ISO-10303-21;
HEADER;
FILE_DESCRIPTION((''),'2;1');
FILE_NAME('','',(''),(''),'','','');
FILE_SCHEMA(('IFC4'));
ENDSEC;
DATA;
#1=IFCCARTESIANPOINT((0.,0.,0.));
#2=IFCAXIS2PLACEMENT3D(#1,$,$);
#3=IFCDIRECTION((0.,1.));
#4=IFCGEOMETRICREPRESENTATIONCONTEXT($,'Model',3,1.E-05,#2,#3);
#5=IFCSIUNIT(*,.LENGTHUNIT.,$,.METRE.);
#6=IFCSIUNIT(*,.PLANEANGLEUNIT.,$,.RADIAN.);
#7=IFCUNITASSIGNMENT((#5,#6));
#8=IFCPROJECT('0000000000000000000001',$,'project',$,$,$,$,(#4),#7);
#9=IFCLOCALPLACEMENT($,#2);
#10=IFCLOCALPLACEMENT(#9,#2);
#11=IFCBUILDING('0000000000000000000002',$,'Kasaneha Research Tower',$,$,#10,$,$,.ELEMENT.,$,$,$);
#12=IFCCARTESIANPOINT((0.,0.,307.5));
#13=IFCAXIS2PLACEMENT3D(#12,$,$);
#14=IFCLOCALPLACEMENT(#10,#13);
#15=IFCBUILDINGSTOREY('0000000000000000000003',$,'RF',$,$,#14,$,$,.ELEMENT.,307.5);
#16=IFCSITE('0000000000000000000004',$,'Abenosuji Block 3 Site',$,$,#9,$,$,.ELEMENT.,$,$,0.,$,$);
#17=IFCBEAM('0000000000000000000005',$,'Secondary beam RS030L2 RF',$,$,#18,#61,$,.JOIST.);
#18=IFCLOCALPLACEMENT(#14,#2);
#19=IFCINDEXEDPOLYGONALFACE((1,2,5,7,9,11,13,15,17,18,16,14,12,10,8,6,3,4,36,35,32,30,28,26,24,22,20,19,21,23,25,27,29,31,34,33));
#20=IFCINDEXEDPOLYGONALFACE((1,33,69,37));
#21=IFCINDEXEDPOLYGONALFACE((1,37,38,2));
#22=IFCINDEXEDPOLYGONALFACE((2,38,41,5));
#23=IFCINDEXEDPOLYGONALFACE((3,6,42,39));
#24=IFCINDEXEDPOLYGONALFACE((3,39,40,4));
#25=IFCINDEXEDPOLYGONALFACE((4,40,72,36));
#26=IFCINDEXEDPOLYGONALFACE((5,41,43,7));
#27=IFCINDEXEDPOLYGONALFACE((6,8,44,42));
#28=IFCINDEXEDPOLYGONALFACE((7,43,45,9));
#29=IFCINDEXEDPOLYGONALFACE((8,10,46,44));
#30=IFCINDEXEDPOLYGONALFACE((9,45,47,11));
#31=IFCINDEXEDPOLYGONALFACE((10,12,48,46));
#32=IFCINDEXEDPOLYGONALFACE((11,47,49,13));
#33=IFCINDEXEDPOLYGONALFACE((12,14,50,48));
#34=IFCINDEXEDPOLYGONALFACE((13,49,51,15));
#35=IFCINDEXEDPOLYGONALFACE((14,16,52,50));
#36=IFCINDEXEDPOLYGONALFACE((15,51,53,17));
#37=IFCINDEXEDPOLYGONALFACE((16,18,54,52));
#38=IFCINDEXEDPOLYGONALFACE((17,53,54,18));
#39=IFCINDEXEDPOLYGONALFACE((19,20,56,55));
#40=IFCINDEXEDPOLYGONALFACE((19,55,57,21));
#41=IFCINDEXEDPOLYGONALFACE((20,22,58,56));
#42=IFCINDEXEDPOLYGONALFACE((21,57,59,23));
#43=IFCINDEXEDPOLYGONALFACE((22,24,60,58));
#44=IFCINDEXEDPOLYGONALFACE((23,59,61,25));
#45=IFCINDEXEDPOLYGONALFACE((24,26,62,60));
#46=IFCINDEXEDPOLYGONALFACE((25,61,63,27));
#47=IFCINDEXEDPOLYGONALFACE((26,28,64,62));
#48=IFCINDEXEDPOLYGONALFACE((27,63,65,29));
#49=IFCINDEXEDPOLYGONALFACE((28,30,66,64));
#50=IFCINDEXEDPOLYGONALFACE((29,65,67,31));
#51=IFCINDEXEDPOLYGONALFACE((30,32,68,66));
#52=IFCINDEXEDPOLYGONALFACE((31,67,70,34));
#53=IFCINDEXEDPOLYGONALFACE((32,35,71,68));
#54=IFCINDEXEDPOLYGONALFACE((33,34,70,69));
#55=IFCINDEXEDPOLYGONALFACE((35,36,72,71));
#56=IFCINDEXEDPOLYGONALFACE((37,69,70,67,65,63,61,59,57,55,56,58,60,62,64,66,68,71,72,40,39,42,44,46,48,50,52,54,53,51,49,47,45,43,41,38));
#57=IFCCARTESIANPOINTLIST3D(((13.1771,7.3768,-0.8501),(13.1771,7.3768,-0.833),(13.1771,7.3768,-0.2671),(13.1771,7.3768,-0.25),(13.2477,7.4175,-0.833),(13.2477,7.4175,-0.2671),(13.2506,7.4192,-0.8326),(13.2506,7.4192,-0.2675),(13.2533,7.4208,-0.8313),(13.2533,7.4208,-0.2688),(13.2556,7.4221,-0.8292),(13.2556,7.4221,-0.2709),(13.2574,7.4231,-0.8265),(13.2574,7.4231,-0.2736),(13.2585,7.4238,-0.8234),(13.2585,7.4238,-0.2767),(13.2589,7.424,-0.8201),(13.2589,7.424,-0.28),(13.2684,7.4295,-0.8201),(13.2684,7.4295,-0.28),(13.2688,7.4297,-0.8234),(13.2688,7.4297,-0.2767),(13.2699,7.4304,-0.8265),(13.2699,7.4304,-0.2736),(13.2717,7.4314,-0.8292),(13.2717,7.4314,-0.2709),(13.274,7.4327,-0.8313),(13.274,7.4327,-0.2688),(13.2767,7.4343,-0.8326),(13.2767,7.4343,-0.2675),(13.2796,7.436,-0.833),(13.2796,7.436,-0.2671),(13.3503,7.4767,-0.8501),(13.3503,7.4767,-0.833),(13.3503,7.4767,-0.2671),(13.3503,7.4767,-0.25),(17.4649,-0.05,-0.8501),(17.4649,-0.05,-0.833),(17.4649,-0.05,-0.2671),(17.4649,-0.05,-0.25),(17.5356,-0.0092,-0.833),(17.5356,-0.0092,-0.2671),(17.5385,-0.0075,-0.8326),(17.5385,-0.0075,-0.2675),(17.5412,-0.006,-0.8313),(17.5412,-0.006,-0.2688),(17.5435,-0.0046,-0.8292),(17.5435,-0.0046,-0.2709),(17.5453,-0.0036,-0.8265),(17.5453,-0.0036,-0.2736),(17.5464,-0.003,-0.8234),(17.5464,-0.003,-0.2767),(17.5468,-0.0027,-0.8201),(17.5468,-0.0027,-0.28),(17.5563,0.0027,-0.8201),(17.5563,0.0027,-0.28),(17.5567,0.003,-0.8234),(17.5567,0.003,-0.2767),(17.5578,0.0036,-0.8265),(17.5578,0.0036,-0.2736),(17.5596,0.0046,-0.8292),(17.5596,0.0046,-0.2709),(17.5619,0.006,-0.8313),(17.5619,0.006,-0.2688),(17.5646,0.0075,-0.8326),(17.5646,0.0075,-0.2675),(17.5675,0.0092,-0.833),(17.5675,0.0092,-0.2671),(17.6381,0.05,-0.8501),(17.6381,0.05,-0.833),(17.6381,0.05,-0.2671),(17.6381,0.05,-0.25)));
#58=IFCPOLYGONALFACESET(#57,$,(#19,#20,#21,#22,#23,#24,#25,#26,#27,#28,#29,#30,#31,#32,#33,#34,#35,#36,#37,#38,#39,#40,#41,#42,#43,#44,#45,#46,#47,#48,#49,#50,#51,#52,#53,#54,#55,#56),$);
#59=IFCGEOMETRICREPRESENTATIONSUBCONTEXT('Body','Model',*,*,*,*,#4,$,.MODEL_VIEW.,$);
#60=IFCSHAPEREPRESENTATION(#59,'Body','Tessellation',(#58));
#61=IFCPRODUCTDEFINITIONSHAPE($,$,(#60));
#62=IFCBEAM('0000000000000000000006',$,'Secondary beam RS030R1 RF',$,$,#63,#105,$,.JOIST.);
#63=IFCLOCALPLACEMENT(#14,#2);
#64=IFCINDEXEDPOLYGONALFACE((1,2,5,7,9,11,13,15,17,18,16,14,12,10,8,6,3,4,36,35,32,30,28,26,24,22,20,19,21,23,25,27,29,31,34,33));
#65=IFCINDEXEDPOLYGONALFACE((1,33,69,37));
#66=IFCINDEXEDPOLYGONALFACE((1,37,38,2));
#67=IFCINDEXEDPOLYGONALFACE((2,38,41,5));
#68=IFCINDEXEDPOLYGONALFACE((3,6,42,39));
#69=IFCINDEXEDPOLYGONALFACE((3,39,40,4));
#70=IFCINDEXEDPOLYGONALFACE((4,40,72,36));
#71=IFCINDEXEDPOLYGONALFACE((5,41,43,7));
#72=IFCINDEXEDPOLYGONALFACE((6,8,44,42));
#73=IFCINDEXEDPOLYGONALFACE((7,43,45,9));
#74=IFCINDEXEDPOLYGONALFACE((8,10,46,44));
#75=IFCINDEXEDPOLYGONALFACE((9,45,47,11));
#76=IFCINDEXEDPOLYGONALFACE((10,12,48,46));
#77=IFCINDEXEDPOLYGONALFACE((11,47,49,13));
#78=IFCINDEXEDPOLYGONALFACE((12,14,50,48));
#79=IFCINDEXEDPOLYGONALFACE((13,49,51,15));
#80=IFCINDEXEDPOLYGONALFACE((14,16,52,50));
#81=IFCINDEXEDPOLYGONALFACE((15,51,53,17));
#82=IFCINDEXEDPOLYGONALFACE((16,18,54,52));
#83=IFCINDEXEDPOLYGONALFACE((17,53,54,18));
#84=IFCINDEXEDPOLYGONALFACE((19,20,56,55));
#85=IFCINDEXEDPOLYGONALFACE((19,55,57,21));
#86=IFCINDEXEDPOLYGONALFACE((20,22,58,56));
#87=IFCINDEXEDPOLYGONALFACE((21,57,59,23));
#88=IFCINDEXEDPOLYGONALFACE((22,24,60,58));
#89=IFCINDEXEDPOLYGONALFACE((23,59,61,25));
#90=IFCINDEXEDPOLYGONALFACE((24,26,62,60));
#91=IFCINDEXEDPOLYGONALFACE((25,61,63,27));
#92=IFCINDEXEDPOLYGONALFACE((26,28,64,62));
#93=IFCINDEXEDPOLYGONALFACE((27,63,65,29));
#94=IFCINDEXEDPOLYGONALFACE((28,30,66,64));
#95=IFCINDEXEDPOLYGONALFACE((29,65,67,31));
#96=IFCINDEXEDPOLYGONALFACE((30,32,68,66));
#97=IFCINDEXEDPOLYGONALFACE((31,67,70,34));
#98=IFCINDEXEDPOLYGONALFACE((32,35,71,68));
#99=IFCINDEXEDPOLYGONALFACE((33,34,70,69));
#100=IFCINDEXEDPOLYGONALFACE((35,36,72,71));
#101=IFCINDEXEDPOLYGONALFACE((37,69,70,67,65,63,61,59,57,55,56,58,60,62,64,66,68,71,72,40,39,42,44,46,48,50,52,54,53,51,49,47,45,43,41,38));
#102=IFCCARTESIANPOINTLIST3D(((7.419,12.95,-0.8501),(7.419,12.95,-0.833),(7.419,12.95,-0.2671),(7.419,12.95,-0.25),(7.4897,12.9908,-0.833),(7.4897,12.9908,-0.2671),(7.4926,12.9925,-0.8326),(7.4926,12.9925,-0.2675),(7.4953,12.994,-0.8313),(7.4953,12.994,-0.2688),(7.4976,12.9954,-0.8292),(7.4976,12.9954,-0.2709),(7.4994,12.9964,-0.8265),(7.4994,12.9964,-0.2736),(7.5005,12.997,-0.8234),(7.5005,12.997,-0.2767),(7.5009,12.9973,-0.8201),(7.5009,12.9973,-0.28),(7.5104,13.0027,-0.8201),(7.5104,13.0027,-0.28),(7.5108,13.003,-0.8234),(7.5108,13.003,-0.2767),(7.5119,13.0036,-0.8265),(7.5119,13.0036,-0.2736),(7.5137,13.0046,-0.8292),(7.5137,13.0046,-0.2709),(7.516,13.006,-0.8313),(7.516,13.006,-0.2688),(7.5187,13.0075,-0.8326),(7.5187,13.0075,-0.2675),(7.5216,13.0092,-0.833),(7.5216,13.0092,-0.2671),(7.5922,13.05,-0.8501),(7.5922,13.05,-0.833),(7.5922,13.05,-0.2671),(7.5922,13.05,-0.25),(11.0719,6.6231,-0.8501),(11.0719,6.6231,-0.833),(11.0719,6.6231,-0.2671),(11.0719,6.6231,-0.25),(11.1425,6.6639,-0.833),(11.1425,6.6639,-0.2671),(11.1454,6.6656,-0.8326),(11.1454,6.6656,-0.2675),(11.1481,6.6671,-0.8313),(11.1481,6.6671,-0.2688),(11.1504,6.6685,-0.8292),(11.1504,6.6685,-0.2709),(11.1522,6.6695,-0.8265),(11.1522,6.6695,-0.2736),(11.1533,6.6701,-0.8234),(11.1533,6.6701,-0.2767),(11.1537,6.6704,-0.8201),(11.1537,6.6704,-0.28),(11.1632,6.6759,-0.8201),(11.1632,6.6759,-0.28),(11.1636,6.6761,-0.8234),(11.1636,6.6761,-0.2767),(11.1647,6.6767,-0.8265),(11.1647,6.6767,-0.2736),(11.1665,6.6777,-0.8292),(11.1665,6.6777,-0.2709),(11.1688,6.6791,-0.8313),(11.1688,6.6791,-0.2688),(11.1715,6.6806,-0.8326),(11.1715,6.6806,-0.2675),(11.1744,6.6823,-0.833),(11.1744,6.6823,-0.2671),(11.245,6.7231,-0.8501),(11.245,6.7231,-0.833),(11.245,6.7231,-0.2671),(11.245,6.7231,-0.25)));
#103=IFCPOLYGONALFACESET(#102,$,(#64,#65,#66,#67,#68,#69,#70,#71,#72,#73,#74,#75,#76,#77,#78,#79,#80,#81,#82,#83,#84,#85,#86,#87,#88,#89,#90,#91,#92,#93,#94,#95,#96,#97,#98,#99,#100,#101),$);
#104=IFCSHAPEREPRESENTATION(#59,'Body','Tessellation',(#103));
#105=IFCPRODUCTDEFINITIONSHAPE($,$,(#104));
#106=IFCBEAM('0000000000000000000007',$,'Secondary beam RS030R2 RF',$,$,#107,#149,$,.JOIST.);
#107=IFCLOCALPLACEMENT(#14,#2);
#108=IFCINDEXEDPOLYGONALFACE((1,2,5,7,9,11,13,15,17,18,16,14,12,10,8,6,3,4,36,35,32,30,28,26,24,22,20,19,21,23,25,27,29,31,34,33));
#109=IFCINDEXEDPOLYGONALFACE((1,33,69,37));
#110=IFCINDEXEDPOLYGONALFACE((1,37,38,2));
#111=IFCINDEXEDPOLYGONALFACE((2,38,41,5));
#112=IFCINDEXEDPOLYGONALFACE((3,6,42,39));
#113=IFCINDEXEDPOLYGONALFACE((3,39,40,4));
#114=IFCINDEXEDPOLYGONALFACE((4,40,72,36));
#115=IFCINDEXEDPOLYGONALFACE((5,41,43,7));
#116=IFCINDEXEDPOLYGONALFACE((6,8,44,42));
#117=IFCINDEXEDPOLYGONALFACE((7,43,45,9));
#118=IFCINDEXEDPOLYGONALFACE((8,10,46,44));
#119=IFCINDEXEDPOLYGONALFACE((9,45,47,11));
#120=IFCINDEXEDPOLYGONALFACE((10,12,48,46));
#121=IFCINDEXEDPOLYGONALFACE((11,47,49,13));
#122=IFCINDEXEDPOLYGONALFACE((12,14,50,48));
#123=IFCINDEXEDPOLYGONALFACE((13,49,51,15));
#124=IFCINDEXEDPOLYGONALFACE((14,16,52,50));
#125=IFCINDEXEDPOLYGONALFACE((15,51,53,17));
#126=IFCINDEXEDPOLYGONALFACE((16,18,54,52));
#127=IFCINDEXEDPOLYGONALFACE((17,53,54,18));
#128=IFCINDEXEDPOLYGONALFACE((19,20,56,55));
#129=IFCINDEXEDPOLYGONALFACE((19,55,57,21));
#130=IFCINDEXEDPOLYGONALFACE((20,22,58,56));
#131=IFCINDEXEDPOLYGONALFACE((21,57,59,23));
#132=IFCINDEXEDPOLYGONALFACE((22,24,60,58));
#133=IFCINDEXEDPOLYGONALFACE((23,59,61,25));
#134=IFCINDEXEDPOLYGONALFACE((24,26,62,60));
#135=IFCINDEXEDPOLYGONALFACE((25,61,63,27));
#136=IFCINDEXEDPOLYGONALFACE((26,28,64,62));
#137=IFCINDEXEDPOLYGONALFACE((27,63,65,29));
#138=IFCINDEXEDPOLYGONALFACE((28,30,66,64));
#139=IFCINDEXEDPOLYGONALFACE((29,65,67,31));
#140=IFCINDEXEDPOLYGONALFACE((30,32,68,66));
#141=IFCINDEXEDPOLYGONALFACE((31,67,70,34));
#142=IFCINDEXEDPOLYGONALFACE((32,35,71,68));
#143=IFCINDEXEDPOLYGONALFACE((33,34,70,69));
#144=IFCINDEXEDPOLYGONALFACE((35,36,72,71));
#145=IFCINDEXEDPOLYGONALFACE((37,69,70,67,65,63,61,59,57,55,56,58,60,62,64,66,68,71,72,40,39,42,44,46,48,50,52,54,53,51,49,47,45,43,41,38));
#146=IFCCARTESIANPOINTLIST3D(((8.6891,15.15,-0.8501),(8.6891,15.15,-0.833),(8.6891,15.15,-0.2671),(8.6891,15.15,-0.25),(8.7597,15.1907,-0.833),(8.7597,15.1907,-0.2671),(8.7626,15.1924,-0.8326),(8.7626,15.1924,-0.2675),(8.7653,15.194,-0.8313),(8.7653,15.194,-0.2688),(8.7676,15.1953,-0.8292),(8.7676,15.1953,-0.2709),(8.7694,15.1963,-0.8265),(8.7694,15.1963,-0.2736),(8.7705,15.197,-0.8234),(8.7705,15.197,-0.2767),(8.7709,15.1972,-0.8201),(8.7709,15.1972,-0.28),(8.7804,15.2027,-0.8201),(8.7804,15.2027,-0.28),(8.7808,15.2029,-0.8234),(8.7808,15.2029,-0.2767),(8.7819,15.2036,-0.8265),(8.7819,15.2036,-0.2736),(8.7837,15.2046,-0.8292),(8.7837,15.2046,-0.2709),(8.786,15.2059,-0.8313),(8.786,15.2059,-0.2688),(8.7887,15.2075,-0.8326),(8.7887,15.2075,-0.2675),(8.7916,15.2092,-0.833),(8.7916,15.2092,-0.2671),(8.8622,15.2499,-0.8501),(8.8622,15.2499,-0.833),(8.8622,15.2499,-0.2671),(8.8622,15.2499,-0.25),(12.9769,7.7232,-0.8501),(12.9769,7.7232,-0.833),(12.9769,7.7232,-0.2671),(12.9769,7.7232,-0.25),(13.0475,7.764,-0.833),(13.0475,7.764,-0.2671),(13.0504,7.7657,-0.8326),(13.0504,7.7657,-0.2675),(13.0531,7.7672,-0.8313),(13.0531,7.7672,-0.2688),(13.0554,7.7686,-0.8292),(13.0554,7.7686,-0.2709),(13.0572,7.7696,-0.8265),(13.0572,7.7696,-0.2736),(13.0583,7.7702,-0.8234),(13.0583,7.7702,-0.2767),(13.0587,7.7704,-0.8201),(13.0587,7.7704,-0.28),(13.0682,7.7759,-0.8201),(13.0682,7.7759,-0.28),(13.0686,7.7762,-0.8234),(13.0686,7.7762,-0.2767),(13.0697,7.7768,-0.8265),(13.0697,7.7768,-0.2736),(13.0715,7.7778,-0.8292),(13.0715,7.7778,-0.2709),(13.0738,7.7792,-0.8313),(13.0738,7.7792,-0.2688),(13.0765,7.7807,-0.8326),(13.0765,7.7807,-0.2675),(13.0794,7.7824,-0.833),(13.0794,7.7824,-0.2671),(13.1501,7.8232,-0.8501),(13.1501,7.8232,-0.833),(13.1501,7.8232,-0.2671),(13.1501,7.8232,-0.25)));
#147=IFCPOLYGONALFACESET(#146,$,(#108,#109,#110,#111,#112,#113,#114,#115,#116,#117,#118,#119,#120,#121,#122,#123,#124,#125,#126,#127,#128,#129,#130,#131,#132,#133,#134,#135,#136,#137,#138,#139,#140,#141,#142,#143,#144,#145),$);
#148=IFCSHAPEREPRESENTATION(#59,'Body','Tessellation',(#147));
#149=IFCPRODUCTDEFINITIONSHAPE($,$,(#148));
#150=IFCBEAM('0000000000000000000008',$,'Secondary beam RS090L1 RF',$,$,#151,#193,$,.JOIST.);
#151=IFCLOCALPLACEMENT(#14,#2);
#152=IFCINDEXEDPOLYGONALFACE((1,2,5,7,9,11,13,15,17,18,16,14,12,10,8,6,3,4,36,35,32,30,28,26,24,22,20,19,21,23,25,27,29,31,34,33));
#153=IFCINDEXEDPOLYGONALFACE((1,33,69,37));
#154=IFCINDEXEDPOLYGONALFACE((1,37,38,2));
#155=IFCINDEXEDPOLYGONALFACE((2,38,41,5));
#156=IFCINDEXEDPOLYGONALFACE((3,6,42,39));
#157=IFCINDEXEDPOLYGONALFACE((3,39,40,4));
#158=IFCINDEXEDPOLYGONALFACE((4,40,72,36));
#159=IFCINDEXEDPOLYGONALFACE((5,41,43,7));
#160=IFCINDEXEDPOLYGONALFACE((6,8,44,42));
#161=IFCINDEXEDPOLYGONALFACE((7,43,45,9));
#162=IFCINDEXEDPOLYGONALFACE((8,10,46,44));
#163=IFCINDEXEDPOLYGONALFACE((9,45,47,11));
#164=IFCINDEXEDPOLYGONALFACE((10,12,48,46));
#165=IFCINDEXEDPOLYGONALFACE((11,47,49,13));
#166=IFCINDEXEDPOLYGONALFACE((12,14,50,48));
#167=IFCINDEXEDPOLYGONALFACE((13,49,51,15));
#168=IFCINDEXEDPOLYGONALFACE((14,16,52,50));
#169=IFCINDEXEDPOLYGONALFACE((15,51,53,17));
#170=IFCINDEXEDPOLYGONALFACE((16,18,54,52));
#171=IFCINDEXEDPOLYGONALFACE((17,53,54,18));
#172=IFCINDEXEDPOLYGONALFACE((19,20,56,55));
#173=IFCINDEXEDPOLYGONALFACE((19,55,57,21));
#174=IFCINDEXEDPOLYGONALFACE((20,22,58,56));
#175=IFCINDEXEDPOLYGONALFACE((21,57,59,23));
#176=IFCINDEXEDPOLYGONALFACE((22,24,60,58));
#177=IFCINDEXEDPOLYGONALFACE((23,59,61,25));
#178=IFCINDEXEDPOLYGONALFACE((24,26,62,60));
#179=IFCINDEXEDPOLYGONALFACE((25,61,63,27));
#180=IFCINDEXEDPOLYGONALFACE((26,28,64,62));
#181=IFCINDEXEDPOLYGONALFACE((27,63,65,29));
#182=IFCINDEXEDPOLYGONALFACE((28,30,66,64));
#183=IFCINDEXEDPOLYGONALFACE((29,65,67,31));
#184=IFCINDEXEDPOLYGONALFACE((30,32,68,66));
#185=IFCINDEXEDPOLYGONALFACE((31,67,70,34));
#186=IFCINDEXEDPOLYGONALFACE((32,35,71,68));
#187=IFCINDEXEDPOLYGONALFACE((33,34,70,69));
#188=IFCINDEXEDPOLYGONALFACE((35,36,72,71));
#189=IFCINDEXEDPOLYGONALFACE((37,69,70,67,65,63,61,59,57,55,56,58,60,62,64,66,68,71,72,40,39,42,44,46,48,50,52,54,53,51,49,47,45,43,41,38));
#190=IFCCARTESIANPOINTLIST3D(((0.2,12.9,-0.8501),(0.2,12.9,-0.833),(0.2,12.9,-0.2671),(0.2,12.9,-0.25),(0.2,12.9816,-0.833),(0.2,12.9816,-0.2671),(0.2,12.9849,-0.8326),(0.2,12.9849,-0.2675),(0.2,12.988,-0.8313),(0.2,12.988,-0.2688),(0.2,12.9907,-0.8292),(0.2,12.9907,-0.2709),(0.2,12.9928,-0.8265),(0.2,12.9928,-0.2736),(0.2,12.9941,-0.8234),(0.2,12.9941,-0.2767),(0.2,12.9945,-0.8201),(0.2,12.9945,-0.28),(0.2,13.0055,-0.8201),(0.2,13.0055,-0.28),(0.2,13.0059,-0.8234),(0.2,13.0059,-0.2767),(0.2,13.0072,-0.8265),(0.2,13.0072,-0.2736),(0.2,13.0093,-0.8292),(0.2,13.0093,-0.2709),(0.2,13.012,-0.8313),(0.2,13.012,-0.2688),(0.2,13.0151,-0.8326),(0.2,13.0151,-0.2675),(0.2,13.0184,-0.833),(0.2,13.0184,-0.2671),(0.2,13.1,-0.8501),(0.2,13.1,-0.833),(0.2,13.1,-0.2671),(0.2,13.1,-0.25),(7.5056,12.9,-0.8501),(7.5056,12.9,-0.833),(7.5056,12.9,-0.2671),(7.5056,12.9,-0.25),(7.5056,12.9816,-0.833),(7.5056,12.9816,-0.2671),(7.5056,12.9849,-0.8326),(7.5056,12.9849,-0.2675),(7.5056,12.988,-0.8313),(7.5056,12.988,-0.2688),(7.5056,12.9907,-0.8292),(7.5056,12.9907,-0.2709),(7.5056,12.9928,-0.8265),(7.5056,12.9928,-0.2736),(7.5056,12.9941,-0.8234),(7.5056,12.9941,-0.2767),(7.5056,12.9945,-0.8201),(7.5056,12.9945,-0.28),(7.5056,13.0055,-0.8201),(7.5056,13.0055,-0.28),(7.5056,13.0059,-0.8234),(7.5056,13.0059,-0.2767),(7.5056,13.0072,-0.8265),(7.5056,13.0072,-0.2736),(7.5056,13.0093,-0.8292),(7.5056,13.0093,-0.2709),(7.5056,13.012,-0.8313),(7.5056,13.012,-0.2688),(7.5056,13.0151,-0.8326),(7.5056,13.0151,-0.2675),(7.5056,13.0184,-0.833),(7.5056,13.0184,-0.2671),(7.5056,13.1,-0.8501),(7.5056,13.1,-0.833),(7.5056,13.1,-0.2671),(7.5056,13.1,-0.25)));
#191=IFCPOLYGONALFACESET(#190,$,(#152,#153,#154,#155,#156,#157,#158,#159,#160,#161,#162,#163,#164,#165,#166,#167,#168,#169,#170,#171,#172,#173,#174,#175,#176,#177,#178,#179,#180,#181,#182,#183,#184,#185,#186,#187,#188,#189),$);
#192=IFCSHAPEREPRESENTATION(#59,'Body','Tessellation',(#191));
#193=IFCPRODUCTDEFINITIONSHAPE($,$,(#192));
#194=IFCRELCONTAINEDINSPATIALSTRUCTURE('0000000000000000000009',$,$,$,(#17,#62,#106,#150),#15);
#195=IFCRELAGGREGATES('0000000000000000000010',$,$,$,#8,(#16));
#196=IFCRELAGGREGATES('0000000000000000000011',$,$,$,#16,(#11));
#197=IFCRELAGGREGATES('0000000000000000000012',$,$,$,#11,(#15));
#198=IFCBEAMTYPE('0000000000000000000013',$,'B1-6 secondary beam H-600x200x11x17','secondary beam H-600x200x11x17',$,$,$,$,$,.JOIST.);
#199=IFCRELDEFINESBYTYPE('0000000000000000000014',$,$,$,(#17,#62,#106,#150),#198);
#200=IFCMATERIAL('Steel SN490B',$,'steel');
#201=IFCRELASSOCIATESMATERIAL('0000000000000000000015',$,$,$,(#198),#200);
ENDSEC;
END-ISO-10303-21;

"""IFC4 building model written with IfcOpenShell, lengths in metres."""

from ifc_helpers import new_model, si_unit, direction, frame, origin, origin_2d, place, context, subcontext, project, spatial, i_section, extrude, material, material_profile, profile_set, type_object, element, save


model = new_model("IFC4")

# Units and contexts
model_context = context("Model", 3, precision=1e-05, world=origin(), true_north=direction((0.0, 1.0)))
body_context = subcontext(model_context, "Body", "Model", "MODEL_VIEW")
ifc_project = project(units=[si_unit("LENGTHUNIT", "METRE"), si_unit("PLANEANGLEUNIT", "RADIAN")], contexts=[model_context])

# Site, building, storey
site_placement = place(None, origin())
site = spatial("IfcSite", under=ifc_project, at=site_placement, Name="Abenosuji Block 3 Site", CompositionType="ELEMENT", RefElevation=0.0)
building_placement = place(site_placement, origin())
building = spatial("IfcBuilding", under=site, at=building_placement, Name="Kasaneha Research Tower", CompositionType="ELEMENT")
storey_placement = place(building_placement, frame((0.0, 0.0, 307.5)))
storey = spatial("IfcBuildingStorey", under=building, at=storey_placement, Name="RF", CompositionType="ELEMENT", Elevation=307.5)

# Beams
ifc_material_1 = material(Name="Steel SN490B", Category="steel")
ifc_material_profile_1 = material_profile(ifc_material_1, i_section(OverallWidth=0.2, OverallDepth=0.6001, WebThickness=0.011, FlangeThickness=0.0171, FilletRadius=0.0129, at=origin_2d()), Name="H-600x200x11x17")
ifc_profile_set_1 = profile_set([ifc_material_profile_1], Name="Steel SN490B")
beam_type_1 = type_object("IfcBeamType", Name="B1-6 secondary beam H-600x200x11x17", Description="secondary beam H-600x200x11x17", PredefinedType="JOIST", material=ifc_profile_set_1)
beam_1_placement = place(storey_placement, frame((17.5515, 0.0, -0.55), z_axis=(-0.5, 0.866025, 0.0), x_axis=(-0.866025, -0.5, 0.0)))
element("IfcBeam", 1, at=beam_1_placement, inside=storey, type_object=beam_type_1, Name="Secondary beam RS030L2 RF", PredefinedType="JOIST", context=body_context, shape_type="SweptSolid", body=[
    extrude(i_section(OverallWidth=0.2, OverallDepth=0.6001, WebThickness=0.011, FlangeThickness=0.0171, FilletRadius=0.0129, at=origin_2d()), origin(), (0.0, 0.0, 1.0), 8.5757),
])
beam_2_placement = place(storey_placement, frame((7.5056, 13.0, -0.55), z_axis=(0.499999, -0.866026, 0.0), x_axis=(0.866026, 0.499999, 0.0)))
element("IfcBeam", 2, at=beam_2_placement, inside=storey, type_object=beam_type_1, Name="Secondary beam RS030R1 RF", PredefinedType="JOIST", context=body_context, shape_type="SweptSolid", body=[
    extrude(i_section(OverallWidth=0.2, OverallDepth=0.6001, WebThickness=0.011, FlangeThickness=0.0171, FilletRadius=0.0129, at=origin_2d()), origin(), (0.0, 0.0, 1.0), 7.3057),
])
beam_3_placement = place(storey_placement, frame((8.7756, 15.2, -0.55), z_axis=(0.5, -0.866025, 0.0), x_axis=(0.866025, 0.5, 0.0)))
element("IfcBeam", 3, at=beam_3_placement, inside=storey, type_object=beam_type_1, Name="Secondary beam RS030R2 RF", PredefinedType="JOIST", context=body_context, shape_type="SweptSolid", body=[
    extrude(i_section(OverallWidth=0.2, OverallDepth=0.6001, WebThickness=0.011, FlangeThickness=0.0171, FilletRadius=0.0129, at=origin_2d()), origin(), (0.0, 0.0, 1.0), 8.5757),
])
beam_4_placement = place(storey_placement, frame((7.5056, 13.0, -0.55), z_axis=(-1.0, 0.0, 0.0), x_axis=(0.0, -1.0, 0.0)))
element("IfcBeam", 4, at=beam_4_placement, inside=storey, type_object=beam_type_1, Name="Secondary beam RS090L1 RF", PredefinedType="JOIST", context=body_context, shape_type="SweptSolid", body=[
    extrude(i_section(OverallWidth=0.2, OverallDepth=0.6001, WebThickness=0.011, FlangeThickness=0.0171, FilletRadius=0.0129, at=origin_2d()), origin(), (0.0, 0.0, 1.0), 7.3057),
])

save(model, "model.ifc")
